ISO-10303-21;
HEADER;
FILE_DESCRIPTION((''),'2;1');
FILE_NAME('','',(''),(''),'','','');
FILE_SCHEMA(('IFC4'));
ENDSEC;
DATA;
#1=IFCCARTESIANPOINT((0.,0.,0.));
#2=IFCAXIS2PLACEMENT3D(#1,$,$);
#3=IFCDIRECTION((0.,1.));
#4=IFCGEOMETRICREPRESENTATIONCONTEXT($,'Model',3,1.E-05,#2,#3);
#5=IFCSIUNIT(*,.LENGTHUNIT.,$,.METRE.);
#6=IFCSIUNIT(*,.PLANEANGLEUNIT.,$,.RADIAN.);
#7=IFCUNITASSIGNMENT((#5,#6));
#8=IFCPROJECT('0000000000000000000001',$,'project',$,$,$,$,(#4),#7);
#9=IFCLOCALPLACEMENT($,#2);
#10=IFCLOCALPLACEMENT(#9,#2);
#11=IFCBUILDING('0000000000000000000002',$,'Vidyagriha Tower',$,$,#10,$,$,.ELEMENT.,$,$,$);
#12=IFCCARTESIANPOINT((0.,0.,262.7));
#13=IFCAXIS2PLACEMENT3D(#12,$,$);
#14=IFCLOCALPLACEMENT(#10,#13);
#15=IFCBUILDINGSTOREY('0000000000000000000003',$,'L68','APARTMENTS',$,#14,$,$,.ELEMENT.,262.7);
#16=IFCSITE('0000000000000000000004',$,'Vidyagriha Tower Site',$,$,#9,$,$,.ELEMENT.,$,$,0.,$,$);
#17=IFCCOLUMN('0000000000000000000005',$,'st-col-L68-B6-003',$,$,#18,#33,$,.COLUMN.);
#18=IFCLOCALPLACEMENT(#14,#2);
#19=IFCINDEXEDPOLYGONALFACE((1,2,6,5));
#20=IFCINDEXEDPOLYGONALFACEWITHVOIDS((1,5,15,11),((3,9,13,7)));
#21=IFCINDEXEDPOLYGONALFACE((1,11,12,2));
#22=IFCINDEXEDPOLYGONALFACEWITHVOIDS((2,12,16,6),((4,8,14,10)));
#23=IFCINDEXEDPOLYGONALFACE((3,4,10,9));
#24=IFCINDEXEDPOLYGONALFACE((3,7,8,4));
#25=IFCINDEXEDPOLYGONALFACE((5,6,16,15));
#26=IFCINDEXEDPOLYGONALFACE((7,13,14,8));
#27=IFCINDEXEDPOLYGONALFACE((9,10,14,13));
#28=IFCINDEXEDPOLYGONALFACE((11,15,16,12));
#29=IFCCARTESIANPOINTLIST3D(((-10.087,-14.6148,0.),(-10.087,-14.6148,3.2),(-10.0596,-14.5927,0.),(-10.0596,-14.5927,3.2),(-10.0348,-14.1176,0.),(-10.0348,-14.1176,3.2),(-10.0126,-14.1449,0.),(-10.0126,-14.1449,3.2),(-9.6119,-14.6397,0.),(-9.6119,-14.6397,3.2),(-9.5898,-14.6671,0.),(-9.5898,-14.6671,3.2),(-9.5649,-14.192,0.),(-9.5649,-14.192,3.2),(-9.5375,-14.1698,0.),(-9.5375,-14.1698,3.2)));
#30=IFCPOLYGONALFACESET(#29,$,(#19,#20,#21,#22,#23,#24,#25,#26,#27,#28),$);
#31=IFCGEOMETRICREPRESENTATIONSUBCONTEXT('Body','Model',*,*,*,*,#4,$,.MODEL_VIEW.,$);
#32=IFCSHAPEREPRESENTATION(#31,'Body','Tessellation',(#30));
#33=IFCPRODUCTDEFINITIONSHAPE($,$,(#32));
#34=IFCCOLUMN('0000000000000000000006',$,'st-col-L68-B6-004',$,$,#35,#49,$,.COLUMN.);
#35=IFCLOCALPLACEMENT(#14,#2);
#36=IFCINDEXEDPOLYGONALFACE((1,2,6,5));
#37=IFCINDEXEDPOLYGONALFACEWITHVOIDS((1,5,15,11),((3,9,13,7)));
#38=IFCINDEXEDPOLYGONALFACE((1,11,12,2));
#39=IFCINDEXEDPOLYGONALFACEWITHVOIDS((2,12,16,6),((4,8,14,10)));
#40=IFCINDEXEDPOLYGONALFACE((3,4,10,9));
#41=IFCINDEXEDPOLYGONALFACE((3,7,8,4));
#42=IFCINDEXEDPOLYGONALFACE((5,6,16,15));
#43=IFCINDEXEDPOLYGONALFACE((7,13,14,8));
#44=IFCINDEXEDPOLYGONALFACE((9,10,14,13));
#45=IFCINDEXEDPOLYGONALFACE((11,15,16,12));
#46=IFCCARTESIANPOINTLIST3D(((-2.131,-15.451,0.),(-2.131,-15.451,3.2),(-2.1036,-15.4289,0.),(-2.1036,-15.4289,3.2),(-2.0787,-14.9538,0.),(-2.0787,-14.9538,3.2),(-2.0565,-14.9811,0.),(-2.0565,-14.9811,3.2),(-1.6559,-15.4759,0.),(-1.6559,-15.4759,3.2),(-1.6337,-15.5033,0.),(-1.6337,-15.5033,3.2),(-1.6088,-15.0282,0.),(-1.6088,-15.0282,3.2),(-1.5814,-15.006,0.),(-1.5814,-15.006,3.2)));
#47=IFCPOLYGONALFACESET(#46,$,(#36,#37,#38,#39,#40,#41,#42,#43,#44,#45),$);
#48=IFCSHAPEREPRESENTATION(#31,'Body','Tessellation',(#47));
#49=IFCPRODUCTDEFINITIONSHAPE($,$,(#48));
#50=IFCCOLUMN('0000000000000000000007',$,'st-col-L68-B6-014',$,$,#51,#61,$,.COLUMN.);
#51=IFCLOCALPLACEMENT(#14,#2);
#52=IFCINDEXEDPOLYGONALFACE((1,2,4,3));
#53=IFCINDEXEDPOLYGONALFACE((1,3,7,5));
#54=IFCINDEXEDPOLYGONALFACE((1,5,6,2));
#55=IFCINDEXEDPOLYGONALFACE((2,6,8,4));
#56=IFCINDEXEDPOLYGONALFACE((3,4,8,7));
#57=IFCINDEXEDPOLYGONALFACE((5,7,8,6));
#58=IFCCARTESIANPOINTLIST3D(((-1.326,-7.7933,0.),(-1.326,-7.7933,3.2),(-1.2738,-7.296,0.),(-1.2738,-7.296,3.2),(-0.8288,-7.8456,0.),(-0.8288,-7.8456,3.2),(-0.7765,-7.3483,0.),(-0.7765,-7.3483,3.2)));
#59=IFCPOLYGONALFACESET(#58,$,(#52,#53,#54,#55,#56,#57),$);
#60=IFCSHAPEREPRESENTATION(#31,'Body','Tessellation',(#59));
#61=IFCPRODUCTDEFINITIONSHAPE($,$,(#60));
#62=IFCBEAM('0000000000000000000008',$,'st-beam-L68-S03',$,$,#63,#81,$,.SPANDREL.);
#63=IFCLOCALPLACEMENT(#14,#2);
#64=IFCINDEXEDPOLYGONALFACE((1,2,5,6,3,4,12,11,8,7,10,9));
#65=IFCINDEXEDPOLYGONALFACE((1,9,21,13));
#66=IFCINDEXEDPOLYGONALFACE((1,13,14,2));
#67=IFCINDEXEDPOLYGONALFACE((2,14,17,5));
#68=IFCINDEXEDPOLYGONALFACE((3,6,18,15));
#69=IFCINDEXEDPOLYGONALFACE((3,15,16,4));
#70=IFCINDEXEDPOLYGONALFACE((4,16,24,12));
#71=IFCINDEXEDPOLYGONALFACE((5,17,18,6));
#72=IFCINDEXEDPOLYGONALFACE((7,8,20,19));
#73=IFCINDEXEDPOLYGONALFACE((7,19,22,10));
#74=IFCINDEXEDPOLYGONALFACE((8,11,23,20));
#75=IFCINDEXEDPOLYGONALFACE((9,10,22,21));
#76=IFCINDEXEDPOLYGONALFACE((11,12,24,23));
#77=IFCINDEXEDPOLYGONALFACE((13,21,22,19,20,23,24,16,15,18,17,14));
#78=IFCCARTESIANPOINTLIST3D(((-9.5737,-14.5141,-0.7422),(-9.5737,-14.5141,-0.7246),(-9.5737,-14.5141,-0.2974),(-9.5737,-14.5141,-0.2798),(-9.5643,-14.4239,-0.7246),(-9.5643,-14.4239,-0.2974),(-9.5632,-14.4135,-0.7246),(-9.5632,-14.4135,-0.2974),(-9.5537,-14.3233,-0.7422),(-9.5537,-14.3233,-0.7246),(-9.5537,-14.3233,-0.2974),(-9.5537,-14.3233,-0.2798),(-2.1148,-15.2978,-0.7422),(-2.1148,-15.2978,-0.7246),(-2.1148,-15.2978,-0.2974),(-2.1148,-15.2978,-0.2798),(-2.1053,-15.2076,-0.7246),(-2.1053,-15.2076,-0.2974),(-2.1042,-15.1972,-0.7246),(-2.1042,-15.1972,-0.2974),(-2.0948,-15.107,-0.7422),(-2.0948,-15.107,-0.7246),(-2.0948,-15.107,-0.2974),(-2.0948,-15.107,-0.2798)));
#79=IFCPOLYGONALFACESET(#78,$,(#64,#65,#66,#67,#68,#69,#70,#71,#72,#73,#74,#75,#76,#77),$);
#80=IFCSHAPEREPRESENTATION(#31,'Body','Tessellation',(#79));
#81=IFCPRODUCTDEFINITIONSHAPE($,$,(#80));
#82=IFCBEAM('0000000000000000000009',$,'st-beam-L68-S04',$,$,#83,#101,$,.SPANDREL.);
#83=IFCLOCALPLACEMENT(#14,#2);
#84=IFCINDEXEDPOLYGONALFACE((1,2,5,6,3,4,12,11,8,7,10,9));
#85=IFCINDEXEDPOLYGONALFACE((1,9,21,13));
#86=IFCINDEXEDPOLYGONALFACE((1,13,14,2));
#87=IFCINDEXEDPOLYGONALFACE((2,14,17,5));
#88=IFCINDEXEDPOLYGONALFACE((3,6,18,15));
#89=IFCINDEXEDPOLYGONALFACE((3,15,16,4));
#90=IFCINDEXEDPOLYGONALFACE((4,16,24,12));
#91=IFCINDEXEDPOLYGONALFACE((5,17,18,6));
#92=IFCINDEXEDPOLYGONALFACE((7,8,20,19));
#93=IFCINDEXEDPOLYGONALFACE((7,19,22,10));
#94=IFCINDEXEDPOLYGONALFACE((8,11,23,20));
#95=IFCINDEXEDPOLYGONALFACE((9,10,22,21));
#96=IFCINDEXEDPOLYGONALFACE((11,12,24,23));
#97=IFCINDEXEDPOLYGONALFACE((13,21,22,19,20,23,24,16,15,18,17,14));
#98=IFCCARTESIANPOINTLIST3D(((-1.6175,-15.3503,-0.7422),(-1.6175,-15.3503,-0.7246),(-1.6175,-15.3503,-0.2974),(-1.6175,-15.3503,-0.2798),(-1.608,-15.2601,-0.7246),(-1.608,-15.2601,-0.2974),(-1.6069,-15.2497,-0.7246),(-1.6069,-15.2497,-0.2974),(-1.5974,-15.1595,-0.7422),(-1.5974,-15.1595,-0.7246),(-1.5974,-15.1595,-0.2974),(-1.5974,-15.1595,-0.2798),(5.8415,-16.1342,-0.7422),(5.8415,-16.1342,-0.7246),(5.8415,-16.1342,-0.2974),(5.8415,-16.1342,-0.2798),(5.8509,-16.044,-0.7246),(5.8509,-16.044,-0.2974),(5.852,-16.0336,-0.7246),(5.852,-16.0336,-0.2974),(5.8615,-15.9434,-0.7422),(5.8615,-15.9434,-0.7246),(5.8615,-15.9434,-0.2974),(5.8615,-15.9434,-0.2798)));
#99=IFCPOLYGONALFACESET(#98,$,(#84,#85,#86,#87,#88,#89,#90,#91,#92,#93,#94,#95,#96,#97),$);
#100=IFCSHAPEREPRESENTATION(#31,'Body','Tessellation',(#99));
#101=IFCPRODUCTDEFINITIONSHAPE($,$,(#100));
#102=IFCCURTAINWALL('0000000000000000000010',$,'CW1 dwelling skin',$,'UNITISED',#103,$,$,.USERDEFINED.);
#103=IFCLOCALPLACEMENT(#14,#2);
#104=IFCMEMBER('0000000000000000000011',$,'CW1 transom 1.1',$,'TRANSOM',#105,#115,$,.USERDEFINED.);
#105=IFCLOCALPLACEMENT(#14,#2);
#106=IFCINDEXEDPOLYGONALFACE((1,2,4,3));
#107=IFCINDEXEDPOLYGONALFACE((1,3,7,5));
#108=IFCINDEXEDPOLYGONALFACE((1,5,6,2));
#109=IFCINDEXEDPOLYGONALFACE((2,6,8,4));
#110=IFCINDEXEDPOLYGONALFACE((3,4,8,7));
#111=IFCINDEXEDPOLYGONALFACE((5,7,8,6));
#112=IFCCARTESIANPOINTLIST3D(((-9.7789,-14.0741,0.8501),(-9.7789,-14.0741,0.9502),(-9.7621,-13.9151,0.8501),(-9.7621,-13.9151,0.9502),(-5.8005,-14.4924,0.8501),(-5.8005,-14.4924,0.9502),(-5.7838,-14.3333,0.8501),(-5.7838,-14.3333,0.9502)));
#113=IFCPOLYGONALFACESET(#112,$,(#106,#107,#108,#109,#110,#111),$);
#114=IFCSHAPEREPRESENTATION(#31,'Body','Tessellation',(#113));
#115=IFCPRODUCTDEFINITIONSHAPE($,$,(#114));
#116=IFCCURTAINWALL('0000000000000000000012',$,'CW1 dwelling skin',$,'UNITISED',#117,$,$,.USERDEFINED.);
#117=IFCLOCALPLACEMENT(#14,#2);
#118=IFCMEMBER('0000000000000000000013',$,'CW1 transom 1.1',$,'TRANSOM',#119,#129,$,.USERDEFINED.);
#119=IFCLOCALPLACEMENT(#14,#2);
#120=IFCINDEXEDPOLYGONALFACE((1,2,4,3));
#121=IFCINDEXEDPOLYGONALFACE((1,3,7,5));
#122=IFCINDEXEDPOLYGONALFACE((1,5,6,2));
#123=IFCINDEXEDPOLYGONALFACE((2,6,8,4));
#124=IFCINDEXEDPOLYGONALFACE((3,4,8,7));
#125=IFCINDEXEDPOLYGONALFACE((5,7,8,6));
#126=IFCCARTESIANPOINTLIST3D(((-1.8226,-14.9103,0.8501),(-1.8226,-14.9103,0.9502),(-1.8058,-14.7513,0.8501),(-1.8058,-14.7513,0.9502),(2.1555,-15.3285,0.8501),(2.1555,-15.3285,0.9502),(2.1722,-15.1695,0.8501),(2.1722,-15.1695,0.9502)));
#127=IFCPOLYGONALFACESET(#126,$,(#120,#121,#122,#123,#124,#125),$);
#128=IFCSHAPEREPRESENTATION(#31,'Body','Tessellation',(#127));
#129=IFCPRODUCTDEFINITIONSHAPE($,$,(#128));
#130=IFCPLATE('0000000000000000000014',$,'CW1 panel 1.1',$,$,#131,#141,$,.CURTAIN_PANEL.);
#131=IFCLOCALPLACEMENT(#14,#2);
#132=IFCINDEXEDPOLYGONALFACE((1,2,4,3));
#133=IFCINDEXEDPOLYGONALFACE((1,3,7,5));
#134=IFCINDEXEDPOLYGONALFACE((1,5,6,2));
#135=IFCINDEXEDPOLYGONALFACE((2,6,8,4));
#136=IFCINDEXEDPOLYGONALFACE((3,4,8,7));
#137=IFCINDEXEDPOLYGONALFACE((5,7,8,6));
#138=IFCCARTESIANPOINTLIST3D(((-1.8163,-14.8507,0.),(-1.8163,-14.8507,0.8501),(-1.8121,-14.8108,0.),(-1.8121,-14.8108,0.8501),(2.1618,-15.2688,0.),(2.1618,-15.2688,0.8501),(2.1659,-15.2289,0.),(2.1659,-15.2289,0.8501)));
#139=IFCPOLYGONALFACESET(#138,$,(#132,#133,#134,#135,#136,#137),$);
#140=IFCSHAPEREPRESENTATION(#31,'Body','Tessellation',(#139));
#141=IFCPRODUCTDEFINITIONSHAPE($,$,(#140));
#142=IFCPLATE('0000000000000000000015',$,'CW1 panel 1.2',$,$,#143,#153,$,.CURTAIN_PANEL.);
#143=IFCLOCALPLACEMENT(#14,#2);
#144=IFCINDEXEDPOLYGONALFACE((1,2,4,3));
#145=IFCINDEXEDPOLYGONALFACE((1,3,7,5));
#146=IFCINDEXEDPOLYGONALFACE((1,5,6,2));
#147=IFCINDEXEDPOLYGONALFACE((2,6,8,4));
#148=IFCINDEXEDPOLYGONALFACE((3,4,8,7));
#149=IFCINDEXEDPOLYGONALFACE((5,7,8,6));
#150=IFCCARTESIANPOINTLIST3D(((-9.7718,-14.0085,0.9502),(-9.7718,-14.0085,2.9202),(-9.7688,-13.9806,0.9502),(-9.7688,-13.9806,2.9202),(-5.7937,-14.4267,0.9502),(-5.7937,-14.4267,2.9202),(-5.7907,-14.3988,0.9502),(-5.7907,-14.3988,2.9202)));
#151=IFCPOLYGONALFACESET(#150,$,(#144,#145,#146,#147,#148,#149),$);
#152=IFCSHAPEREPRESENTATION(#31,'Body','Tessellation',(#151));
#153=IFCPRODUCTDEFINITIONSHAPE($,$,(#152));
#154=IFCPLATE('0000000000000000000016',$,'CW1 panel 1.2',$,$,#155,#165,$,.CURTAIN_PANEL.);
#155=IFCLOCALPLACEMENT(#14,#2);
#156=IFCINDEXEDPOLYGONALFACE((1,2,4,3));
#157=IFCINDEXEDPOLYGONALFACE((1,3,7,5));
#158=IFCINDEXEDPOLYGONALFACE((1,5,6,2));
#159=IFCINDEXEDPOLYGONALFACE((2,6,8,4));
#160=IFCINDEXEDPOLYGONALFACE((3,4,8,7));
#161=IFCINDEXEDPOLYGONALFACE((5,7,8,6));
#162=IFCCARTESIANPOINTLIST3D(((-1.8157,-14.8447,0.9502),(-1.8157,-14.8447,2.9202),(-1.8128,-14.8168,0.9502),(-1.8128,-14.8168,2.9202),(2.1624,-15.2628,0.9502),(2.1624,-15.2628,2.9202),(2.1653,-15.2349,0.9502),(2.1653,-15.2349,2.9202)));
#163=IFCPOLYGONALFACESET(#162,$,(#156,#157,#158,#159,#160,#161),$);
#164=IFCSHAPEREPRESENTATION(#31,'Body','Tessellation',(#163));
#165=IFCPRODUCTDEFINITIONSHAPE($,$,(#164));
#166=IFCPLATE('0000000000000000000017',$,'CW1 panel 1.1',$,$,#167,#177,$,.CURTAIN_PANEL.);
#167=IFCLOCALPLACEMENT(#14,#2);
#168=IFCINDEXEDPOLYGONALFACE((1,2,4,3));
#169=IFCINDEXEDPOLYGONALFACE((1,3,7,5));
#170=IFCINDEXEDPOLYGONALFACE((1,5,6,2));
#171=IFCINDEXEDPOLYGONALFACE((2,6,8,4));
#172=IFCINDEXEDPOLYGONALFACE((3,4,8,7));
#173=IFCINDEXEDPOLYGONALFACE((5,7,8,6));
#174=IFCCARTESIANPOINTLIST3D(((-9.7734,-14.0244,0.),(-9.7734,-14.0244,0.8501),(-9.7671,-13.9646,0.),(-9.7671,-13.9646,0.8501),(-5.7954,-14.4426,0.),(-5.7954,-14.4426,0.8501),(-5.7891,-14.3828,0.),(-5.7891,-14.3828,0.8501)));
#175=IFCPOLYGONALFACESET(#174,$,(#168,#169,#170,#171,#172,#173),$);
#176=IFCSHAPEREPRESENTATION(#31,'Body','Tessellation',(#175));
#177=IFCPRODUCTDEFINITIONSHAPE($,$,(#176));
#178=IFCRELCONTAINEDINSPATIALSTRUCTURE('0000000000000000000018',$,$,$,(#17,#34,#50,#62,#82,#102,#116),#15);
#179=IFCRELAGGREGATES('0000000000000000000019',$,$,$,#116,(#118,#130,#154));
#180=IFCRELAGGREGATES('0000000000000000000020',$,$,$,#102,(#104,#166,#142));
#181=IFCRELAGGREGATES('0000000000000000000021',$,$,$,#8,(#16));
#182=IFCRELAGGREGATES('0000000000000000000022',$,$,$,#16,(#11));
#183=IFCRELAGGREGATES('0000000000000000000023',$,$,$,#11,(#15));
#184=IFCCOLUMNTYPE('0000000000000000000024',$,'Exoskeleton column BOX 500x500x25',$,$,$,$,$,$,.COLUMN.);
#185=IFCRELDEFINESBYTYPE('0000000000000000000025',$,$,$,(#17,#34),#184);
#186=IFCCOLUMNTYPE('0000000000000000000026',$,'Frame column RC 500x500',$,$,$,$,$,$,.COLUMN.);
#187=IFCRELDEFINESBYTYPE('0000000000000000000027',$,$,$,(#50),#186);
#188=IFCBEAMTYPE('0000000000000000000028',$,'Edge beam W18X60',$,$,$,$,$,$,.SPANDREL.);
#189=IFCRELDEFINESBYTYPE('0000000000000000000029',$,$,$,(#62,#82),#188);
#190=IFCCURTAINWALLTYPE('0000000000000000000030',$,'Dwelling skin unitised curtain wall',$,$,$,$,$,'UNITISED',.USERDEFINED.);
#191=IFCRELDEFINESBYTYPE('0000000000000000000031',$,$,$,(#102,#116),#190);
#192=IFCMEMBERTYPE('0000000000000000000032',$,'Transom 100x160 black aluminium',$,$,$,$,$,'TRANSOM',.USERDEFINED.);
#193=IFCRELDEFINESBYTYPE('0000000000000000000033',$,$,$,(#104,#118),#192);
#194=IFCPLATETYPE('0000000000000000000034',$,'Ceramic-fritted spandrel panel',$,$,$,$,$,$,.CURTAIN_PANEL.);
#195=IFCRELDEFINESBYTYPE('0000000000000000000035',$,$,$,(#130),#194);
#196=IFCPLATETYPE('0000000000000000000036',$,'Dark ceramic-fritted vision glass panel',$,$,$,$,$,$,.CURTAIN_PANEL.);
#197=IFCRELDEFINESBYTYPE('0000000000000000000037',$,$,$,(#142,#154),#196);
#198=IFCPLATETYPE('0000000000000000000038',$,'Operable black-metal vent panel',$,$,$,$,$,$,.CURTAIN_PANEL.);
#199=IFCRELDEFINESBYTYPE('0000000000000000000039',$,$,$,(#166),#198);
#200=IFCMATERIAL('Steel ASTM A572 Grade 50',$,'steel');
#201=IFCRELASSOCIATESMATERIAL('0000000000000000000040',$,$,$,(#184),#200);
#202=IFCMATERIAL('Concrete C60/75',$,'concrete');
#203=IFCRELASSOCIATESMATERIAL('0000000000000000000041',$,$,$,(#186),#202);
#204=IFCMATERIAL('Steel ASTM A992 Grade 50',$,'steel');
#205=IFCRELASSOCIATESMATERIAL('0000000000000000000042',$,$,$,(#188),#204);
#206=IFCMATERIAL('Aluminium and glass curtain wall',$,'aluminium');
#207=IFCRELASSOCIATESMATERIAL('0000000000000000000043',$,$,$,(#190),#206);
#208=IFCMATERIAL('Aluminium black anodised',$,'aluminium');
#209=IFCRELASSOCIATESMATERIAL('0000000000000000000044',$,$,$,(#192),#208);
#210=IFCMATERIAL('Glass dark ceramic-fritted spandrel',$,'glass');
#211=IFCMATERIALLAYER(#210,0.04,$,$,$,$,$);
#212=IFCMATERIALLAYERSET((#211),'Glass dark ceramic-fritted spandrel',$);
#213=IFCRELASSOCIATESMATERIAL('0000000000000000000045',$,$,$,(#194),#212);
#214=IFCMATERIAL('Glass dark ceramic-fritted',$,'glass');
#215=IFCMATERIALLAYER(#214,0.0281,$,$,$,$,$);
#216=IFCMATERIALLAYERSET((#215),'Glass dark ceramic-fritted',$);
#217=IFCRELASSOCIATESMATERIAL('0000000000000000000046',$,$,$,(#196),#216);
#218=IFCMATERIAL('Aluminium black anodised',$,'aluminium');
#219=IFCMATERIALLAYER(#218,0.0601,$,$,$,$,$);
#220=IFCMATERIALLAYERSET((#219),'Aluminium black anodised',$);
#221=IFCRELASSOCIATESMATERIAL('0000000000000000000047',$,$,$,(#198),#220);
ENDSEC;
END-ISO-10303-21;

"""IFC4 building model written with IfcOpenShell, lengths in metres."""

from ifc_helpers import new_model, si_unit, direction, frame, origin, origin_2d, place, context, subcontext, project, spatial, rectangle, hollow_rectangle, i_section, extrude, material, layer, layer_set, material_profile, profile_set, type_object, element, aggregate, save


model = new_model("IFC4")

# Units and contexts
model_context = context("Model", 3, precision=1e-05, world=origin(), true_north=direction((0.0, 1.0)))
body_context = subcontext(model_context, "Body", "Model", "MODEL_VIEW")
ifc_project = project(units=[si_unit("LENGTHUNIT", "METRE"), si_unit("PLANEANGLEUNIT", "RADIAN")], contexts=[model_context])

# Site, building, storey
site_placement = place(None, origin())
site = spatial("IfcSite", under=ifc_project, at=site_placement, Name="Vidyagriha Tower Site", CompositionType="ELEMENT", RefElevation=0.0)
building_placement = place(site_placement, origin())
building = spatial("IfcBuilding", under=site, at=building_placement, Name="Vidyagriha Tower", CompositionType="ELEMENT")
storey_placement = place(building_placement, frame((0.0, 0.0, 262.7)))
storey = spatial("IfcBuildingStorey", under=building, at=storey_placement, Name="L68", Description="APARTMENTS", CompositionType="ELEMENT", Elevation=262.7)

# Columns
ifc_material_1 = material(Name="Steel ASTM A572 Grade 50", Category="steel")
ifc_material_profile_1 = material_profile(ifc_material_1, hollow_rectangle(XDim=0.5, YDim=0.5, WallThickness=0.0249, at=origin_2d()), Name="BOX 500x500x25")
ifc_profile_set_1 = profile_set([ifc_material_profile_1], Name="Steel ASTM A572 Grade 50")
column_type_1 = type_object("IfcColumnType", Name="Exoskeleton column BOX 500x500x25", PredefinedType="COLUMN", material=ifc_profile_set_1)
for number, where, z_axis, x_axis, name in (
    (1, (-9.8123, -14.3923, 0.0), (0.0, 0.0, 1.0), (0.994522, -0.104528, 0.0), "st-col-L68-B6-003"),
    (2, (-1.8562, -15.2285, 0.0), (0.0, 0.0, 1.0), (0.994522, -0.104528, 0.0), "st-col-L68-B6-004"),
):
    element("IfcColumn", number, at=place(storey_placement, frame(where, z_axis=z_axis, x_axis=x_axis)), inside=storey, type_object=column_type_1, Name=name, PredefinedType="COLUMN", context=body_context, shape_type="SweptSolid", body=[
        extrude(hollow_rectangle(XDim=0.5, YDim=0.5, WallThickness=0.0249, at=origin_2d()), origin(), (0.0, 0.0, 1.0), 3.2),
    ])
ifc_material_2 = material(Name="Concrete C60/75", Category="concrete")
ifc_material_profile_2 = material_profile(ifc_material_2, rectangle(XDim=0.5, YDim=0.5, at=origin_2d()), Name="RC 500x500")
ifc_profile_set_2 = profile_set([ifc_material_profile_2], Name="Concrete C60/75")
column_type_2 = type_object("IfcColumnType", Name="Frame column RC 500x500", PredefinedType="COLUMN", material=ifc_profile_set_2)
column_placement = place(storey_placement, frame((-1.0513, -7.5708, 0.0), z_axis=(0.0, 0.0, 1.0), x_axis=(0.994522, -0.104528, 0.0)))
element("IfcColumn", 3, at=column_placement, inside=storey, type_object=column_type_2, Name="st-col-L68-B6-014", PredefinedType="COLUMN", context=body_context, shape_type="SweptSolid", body=[
    extrude(rectangle(XDim=0.5, YDim=0.5, at=origin_2d()), origin(), (0.0, 0.0, 1.0), 3.2),
])

# Beams
ifc_material_3 = material(Name="Steel ASTM A992 Grade 50", Category="steel")
ifc_material_profile_3 = material_profile(ifc_material_3, i_section(OverallWidth=0.1919, OverallDepth=0.4624, WebThickness=0.0105, FlangeThickness=0.0176, at=origin_2d()), Name="W18X60")
ifc_profile_set_3 = profile_set([ifc_material_profile_3], Name="Steel ASTM A992 Grade 50")
beam_type = type_object("IfcBeamType", Name="Edge beam W18X60", PredefinedType="SPANDREL", material=ifc_profile_set_3)
for number, where, z_axis, x_axis, name in (
    (4, (-9.5637, -14.4187, -0.511), (0.994526, -0.104492, 0.0), (0.104492, 0.994526, 0.0), "st-beam-L68-S03"),
    (5, (-1.6074, -15.2549, -0.511), (0.994522, -0.104524, 0.0), (0.104524, 0.994522, 0.0), "st-beam-L68-S04"),
):
    element("IfcBeam", number, at=place(storey_placement, frame(where, z_axis=z_axis, x_axis=x_axis)), inside=storey, type_object=beam_type, Name=name, PredefinedType="SPANDREL", context=body_context, shape_type="SweptSolid", body=[
        extrude(i_section(OverallWidth=0.1919, OverallDepth=0.4624, WebThickness=0.0105, FlangeThickness=0.0176, at=origin_2d()), origin(), (0.0, 0.0, 1.0), 7.5),
    ])

# Curtain wall, member
ifc_material_4 = material(Name="Aluminium and glass curtain wall", Category="aluminium")
curtain_wall_type = type_object("IfcCurtainWallType", Name="Dwelling skin unitised curtain wall", ElementType="UNITISED", PredefinedType="USERDEFINED", material=ifc_material_4)
curtain_wall_1_placement = place(storey_placement, origin())
curtain_wall_1 = element("IfcCurtainWall", 6, at=curtain_wall_1_placement, inside=storey, type_object=curtain_wall_type, Name="CW1 dwelling skin", ObjectType="UNITISED", PredefinedType="USERDEFINED")
ifc_material_5 = material(Name="Aluminium black anodised", Category="aluminium")
ifc_material_profile_4 = material_profile(ifc_material_5, rectangle(XDim=0.1599, YDim=0.1001, at=origin_2d()), Name="Transom 100x160 black aluminium")
ifc_profile_set_4 = profile_set([ifc_material_profile_4], Name="Aluminium black anodised")
member_type = type_object("IfcMemberType", Name="Transom 100x160 black aluminium", ElementType="TRANSOM", PredefinedType="USERDEFINED", material=ifc_profile_set_4)
member_1_placement = place(storey_placement, frame((-9.7705, -13.9946, 0.9001), z_axis=(0.99452, -0.104548, 0.0), x_axis=(0.104548, 0.99452, 0.0)))
member_1 = element("IfcMember", 7, at=member_1_placement, type_object=member_type, Name="CW1 transom 1.1", ObjectType="TRANSOM", PredefinedType="USERDEFINED", context=body_context, shape_type="SweptSolid", body=[
    extrude(rectangle(XDim=0.1599, YDim=0.1001, at=origin_2d()), origin(), (0.0, 0.0, 1.0), 4.0002),
])

# Curtain wall, member, plate
curtain_wall_2_placement = place(storey_placement, origin())
curtain_wall_2 = element("IfcCurtainWall", 8, at=curtain_wall_2_placement, inside=storey, type_object=curtain_wall_type, Name="CW1 dwelling skin", ObjectType="UNITISED", PredefinedType="USERDEFINED")
member_2_placement = place(storey_placement, frame((-1.8142, -14.8308, 0.9001), z_axis=(0.994519, -0.104555, 0.0), x_axis=(0.104555, 0.994519, 0.0)))
member_2 = element("IfcMember", 9, at=member_2_placement, type_object=member_type, Name="CW1 transom 1.1", ObjectType="TRANSOM", PredefinedType="USERDEFINED", context=body_context, shape_type="SweptSolid", body=[
    extrude(rectangle(XDim=0.1599, YDim=0.1001, at=origin_2d()), origin(), (0.0, 0.0, 1.0), 4.0),
])
ifc_material_6 = material(Name="Glass dark ceramic-fritted spandrel", Category="glass")
ifc_layer_1 = layer(ifc_material_6, 0.04)
ifc_layer_set_1 = layer_set([ifc_layer_1], Name="Glass dark ceramic-fritted spandrel")
plate_type_1 = type_object("IfcPlateType", Name="Ceramic-fritted spandrel panel", PredefinedType="CURTAIN_PANEL", material=ifc_layer_set_1)
plate_1_placement = place(storey_placement, frame((0.1748, -15.0398, 0.0), z_axis=(0.0, 0.0, 1.0), x_axis=(0.994522, -0.104527, 0.0)))
plate_1 = element("IfcPlate", 10, at=plate_1_placement, type_object=plate_type_1, Name="CW1 panel 1.1", PredefinedType="CURTAIN_PANEL", context=body_context, shape_type="SweptSolid", body=[
    extrude(rectangle(XDim=4.0, YDim=0.04, at=origin_2d()), origin(), (0.0, 0.0, 1.0), 0.8501),
])

# Plates
ifc_material_7 = material(Name="Glass dark ceramic-fritted", Category="glass")
ifc_layer_2 = layer(ifc_material_7, 0.0281)
ifc_layer_set_2 = layer_set([ifc_layer_2], Name="Glass dark ceramic-fritted")
plate_type_2 = type_object("IfcPlateType", Name="Dark ceramic-fritted vision glass panel", PredefinedType="CURTAIN_PANEL", material=ifc_layer_set_2)
plate_2_placement = place(storey_placement, frame((-7.7812, -14.2036, 0.9502), z_axis=(0.0, 0.0, 1.0), x_axis=(0.99452, -0.104549, 0.0)))
plate_2 = element("IfcPlate", 11, at=plate_2_placement, type_object=plate_type_2, Name="CW1 panel 1.2", PredefinedType="CURTAIN_PANEL", context=body_context, shape_type="SweptSolid", body=[
    extrude(rectangle(XDim=4.0, YDim=0.0281, at=origin_2d()), origin(), (0.0, 0.0, 1.0), 1.97),
])
plate_3_placement = place(storey_placement, frame((0.1748, -15.0398, 0.9502), z_axis=(0.0, 0.0, 1.0), x_axis=(0.994522, -0.104527, 0.0)))
plate_3 = element("IfcPlate", 12, at=plate_3_placement, type_object=plate_type_2, Name="CW1 panel 1.2", PredefinedType="CURTAIN_PANEL", context=body_context, shape_type="SweptSolid", body=[
    extrude(rectangle(XDim=4.0, YDim=0.0281, at=origin_2d()), origin(), (0.0, 0.0, 1.0), 1.97),
])
aggregate(curtain_wall_2, [member_2, plate_1, plate_3])
ifc_material_8 = material(Name="Aluminium black anodised", Category="aluminium")
ifc_layer_3 = layer(ifc_material_8, 0.0601)
ifc_layer_set_3 = layer_set([ifc_layer_3], Name="Aluminium black anodised")
plate_type_3 = type_object("IfcPlateType", Name="Operable black-metal vent panel", PredefinedType="CURTAIN_PANEL", material=ifc_layer_set_3)
plate_4_placement = place(storey_placement, frame((-7.7812, -14.2036, 0.0), z_axis=(0.0, 0.0, 1.0), x_axis=(0.99452, -0.104549, 0.0)))
plate_4 = element("IfcPlate", 13, at=plate_4_placement, type_object=plate_type_3, Name="CW1 panel 1.1", PredefinedType="CURTAIN_PANEL", context=body_context, shape_type="SweptSolid", body=[
    extrude(rectangle(XDim=4.0, YDim=0.0601, at=origin_2d()), origin(), (0.0, 0.0, 1.0), 0.8501),
])
aggregate(curtain_wall_1, [member_1, plate_4, plate_2])

save(model, "model.ifc")
